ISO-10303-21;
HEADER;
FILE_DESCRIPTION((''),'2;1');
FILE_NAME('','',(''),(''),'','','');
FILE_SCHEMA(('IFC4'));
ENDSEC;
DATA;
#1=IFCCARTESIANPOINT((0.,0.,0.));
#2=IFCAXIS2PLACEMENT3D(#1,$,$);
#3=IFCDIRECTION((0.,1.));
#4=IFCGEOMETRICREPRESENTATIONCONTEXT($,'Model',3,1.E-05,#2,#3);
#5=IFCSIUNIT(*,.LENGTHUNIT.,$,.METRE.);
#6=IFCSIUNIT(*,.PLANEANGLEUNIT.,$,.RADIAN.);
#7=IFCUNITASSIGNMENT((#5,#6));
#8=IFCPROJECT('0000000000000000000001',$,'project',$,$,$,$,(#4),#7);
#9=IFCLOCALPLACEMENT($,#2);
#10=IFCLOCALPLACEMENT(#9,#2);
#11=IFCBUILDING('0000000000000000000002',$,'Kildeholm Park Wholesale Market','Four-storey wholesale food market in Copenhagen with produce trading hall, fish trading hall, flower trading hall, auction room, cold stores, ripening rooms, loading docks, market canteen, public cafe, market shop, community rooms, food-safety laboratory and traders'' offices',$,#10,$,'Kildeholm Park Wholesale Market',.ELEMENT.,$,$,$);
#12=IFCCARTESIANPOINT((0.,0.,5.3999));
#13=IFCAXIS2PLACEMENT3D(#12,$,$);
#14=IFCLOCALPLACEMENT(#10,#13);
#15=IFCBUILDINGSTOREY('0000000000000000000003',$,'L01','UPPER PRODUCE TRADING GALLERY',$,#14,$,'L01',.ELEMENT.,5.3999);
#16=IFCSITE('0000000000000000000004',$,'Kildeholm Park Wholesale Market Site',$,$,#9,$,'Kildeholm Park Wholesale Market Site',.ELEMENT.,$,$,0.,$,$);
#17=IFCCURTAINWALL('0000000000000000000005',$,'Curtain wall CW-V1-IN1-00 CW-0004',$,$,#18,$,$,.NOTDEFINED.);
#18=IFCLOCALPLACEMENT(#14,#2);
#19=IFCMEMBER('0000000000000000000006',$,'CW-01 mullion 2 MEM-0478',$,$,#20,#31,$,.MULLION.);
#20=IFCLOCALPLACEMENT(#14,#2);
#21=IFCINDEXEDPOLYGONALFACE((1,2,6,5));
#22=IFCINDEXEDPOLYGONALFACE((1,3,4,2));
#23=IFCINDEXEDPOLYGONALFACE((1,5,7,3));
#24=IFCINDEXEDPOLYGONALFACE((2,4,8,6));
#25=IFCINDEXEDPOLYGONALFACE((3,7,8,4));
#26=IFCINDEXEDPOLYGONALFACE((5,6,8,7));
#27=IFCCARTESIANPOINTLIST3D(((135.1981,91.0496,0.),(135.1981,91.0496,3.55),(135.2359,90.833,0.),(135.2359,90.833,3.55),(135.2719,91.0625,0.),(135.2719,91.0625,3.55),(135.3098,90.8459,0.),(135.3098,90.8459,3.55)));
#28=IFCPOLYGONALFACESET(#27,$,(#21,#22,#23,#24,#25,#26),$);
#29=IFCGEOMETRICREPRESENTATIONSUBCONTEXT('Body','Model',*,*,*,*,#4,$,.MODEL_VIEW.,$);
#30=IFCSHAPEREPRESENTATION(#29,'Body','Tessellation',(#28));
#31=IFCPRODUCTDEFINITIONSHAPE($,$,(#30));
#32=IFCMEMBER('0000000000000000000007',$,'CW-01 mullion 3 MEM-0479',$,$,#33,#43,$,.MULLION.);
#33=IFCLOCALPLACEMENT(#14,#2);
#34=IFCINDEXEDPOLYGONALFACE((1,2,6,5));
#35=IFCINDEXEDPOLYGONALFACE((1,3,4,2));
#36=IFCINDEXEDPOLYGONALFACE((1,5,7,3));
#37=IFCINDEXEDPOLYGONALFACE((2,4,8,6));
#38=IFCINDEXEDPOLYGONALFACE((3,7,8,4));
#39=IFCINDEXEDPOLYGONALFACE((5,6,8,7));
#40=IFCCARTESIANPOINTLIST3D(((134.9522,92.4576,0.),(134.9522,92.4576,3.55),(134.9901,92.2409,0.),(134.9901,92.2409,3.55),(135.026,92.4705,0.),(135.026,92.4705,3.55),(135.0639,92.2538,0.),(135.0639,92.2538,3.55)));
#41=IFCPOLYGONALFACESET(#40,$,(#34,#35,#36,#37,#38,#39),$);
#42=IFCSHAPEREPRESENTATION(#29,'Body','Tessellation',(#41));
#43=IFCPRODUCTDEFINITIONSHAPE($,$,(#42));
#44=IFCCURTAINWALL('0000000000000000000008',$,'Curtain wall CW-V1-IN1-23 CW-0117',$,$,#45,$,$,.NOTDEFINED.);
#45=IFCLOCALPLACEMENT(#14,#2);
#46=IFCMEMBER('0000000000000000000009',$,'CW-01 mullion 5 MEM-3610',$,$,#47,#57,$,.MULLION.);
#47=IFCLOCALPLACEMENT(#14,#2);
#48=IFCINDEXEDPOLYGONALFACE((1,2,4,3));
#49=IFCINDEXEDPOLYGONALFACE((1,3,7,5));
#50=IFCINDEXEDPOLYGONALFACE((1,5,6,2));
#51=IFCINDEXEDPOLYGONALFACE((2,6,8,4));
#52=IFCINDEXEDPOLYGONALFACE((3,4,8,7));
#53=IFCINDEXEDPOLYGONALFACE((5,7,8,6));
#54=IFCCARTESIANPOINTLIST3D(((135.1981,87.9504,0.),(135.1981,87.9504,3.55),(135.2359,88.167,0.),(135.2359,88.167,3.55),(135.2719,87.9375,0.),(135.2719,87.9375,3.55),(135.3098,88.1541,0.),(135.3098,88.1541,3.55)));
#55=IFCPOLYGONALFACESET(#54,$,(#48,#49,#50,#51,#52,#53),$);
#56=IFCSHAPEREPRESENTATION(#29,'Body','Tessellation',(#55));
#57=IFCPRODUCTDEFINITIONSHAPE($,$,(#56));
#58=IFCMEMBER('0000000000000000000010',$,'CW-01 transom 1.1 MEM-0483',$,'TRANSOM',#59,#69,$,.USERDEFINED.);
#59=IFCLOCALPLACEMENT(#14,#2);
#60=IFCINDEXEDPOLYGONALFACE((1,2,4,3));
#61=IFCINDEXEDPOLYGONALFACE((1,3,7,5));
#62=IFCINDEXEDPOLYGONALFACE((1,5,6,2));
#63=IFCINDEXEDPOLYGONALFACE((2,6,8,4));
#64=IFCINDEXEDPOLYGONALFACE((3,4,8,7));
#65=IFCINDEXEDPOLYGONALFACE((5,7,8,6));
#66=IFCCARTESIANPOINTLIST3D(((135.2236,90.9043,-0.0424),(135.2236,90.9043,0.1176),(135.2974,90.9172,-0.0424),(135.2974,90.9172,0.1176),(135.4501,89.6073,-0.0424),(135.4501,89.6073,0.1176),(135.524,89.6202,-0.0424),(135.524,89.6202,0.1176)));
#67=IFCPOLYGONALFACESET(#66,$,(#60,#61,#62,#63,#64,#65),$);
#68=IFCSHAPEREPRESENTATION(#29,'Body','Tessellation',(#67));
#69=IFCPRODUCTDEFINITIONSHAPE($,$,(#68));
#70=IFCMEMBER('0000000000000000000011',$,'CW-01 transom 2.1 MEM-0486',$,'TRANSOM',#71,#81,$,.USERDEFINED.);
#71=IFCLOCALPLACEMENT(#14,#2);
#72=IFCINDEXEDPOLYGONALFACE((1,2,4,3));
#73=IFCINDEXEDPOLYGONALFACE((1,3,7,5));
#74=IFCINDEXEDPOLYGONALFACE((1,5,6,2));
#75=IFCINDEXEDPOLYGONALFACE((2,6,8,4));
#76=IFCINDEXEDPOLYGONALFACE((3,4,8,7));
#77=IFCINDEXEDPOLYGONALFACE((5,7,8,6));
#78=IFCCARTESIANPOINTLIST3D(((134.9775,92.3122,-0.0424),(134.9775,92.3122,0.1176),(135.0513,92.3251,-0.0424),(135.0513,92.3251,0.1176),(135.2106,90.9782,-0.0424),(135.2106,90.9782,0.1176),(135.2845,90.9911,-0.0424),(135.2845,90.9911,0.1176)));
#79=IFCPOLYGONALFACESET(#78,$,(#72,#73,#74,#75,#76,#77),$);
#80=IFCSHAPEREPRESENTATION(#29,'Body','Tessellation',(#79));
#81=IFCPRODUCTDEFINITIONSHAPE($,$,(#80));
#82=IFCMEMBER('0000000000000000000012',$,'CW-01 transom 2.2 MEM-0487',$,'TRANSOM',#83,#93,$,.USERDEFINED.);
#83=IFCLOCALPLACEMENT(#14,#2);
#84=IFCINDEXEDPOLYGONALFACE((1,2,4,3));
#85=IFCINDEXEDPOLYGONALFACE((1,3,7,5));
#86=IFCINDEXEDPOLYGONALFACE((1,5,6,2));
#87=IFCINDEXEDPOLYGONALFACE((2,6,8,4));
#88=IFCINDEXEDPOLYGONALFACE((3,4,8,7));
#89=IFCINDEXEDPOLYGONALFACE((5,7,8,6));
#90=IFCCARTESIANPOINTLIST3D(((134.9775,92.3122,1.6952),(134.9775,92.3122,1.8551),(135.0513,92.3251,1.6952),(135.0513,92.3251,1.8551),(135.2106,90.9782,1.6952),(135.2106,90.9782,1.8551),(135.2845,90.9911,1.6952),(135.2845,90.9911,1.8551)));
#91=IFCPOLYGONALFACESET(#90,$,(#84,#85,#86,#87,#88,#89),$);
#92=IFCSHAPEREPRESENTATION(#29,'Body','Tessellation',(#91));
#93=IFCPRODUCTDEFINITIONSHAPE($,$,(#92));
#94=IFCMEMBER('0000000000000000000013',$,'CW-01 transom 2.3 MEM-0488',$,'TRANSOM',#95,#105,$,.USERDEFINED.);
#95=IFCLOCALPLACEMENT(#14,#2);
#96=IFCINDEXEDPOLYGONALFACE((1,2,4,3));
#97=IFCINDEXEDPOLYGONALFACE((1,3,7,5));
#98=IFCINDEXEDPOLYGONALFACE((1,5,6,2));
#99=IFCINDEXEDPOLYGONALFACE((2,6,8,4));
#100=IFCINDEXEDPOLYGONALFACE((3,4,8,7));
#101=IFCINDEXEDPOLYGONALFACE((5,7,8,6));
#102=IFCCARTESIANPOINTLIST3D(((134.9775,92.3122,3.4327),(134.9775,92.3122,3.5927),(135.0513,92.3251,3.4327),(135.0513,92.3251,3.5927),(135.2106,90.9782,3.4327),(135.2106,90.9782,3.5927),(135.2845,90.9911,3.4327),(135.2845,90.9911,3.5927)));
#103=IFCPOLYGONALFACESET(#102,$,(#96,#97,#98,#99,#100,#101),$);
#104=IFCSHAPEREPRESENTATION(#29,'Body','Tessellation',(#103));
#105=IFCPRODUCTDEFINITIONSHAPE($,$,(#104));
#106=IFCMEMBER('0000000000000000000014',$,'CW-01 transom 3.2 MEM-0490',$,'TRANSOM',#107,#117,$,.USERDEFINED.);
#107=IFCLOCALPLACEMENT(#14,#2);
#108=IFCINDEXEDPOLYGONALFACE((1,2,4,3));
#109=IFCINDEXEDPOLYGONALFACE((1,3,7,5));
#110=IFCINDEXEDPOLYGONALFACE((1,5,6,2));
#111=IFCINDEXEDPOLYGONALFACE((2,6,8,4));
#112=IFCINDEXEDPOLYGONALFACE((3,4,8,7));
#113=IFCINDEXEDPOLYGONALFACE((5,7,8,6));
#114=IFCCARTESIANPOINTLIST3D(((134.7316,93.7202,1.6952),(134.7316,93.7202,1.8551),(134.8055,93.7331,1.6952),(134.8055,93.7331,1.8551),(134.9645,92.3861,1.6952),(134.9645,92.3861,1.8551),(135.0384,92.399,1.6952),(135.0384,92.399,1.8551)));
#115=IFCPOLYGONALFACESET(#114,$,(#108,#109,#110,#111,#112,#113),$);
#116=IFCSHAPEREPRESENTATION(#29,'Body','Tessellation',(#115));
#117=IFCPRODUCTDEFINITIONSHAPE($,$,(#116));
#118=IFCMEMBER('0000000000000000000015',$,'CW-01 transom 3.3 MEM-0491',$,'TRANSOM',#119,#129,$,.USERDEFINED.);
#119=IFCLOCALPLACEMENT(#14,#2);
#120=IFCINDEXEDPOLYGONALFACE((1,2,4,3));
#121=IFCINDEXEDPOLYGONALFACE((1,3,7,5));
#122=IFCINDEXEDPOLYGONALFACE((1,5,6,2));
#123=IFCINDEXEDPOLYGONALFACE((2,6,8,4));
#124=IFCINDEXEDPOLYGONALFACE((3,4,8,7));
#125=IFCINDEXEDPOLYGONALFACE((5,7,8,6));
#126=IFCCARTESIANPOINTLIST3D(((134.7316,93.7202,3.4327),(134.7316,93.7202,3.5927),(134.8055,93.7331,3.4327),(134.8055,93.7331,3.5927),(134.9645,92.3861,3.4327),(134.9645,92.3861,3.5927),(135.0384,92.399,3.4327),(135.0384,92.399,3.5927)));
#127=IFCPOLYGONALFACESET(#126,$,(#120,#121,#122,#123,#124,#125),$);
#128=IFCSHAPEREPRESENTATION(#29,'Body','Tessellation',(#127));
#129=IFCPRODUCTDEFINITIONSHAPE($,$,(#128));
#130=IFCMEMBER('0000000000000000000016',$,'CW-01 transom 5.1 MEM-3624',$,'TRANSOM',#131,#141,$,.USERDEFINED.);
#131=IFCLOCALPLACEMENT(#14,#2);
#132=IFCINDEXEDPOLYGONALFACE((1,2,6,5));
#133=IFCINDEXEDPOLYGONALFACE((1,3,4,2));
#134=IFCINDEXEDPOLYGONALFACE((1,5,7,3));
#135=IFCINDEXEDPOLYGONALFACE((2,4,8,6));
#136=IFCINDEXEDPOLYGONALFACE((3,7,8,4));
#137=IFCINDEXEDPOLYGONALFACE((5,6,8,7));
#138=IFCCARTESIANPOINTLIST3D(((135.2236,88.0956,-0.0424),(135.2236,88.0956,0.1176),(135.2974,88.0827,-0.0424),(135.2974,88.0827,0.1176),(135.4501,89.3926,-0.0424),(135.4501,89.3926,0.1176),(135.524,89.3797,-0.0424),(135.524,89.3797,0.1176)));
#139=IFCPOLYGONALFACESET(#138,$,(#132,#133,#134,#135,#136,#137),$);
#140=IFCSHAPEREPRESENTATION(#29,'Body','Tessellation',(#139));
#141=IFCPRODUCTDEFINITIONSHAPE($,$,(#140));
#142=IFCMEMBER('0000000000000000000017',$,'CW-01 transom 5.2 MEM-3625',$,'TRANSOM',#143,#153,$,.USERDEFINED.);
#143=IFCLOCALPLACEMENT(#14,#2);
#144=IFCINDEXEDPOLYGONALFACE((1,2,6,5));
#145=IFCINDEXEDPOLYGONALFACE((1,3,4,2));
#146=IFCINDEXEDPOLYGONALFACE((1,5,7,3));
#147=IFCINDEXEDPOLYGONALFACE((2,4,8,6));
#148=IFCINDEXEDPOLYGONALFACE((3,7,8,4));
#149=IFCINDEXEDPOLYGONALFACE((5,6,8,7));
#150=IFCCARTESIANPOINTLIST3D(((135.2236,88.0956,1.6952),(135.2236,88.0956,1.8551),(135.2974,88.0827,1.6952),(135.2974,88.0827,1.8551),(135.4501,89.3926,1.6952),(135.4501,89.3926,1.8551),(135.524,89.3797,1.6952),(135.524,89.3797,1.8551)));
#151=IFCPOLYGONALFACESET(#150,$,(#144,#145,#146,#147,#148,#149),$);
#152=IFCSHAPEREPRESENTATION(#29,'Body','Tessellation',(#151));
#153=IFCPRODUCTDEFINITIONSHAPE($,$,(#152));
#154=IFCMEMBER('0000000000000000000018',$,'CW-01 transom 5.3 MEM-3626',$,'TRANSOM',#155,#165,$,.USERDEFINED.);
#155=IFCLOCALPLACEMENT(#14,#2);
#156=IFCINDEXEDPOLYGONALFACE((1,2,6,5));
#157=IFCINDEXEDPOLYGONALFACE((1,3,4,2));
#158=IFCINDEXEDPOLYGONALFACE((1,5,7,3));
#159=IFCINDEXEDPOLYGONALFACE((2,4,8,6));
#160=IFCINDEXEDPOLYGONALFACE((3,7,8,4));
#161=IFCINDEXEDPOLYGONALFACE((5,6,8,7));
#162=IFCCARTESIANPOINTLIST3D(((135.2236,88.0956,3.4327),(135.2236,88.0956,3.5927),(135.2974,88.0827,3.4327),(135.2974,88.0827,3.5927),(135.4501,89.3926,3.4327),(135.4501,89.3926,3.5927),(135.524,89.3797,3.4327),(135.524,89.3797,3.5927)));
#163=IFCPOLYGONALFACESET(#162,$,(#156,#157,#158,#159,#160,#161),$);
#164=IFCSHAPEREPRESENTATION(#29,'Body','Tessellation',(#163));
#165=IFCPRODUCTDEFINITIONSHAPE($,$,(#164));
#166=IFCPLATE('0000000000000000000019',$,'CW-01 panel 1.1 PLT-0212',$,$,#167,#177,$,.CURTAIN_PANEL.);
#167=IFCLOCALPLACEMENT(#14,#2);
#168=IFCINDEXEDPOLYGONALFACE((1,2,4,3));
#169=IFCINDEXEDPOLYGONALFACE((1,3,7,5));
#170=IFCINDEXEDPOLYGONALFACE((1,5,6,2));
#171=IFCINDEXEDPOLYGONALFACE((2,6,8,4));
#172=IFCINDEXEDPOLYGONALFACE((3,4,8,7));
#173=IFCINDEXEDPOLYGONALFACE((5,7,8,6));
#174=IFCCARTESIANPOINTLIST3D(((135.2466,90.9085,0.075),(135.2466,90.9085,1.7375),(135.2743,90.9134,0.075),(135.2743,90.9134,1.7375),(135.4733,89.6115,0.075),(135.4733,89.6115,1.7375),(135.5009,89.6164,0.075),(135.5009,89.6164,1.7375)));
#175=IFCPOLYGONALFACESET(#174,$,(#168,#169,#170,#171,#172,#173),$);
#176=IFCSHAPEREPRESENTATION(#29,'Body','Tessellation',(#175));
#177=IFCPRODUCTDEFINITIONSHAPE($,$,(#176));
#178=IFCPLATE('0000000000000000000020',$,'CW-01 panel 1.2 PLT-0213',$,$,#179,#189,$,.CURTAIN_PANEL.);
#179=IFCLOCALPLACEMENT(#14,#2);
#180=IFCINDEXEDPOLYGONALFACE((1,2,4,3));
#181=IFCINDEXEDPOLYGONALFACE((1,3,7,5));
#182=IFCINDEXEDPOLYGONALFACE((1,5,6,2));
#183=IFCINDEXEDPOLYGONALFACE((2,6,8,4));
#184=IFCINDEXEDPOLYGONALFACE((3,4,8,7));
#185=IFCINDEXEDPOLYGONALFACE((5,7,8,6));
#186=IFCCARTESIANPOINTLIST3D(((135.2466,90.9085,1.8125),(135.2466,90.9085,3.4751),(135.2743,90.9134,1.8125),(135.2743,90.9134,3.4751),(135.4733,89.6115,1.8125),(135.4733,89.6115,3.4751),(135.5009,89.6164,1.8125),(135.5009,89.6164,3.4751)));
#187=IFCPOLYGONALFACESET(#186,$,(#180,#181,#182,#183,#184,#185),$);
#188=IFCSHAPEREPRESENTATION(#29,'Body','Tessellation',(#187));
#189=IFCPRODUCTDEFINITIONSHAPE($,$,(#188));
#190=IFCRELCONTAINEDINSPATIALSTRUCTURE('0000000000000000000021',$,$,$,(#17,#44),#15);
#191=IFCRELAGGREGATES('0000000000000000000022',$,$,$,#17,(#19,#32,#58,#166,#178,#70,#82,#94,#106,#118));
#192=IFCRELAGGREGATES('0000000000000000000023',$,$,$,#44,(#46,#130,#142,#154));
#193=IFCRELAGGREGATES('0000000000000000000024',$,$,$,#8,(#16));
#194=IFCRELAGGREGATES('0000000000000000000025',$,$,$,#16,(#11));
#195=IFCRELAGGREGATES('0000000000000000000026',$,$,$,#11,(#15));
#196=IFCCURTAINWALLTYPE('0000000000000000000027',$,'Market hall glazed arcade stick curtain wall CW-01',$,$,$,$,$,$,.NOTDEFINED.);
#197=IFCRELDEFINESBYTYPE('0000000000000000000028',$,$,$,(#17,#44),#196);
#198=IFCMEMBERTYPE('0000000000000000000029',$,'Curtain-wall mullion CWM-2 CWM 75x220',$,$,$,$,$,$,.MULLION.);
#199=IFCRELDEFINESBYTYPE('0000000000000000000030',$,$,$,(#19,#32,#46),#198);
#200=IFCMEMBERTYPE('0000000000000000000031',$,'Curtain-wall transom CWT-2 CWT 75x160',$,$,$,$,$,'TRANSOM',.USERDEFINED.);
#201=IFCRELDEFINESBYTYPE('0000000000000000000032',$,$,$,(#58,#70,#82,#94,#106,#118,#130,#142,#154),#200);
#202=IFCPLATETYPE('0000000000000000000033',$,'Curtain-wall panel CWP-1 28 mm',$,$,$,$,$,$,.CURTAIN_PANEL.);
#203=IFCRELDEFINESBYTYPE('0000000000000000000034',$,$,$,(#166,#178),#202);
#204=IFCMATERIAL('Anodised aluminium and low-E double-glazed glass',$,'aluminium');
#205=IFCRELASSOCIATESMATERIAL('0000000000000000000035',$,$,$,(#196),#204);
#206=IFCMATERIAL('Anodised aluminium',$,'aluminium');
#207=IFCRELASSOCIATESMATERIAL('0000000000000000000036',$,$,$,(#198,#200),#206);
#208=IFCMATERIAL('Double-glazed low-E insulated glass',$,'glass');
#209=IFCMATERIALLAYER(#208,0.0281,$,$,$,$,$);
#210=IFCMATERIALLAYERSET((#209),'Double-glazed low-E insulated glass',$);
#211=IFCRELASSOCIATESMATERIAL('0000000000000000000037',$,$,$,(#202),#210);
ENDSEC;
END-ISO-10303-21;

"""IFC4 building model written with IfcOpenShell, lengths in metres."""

from ifc_helpers import new_model, si_unit, direction, frame, origin, origin_2d, place, context, subcontext, project, spatial, rectangle, extrude, material, layer, layer_set, material_profile, profile_set, type_object, element, aggregate, save


model = new_model("IFC4")

# Units and contexts
model_context = context("Model", 3, precision=1e-05, world=origin(), true_north=direction((0.0, 1.0)))
body_context = subcontext(model_context, "Body", "Model", "MODEL_VIEW")
ifc_project = project(units=[si_unit("LENGTHUNIT", "METRE"), si_unit("PLANEANGLEUNIT", "RADIAN")], contexts=[model_context])

# Site, building, storey
site_placement = place(None, origin())
site = spatial("IfcSite", under=ifc_project, at=site_placement, Name="Kildeholm Park Wholesale Market Site", LongName="Kildeholm Park Wholesale Market Site", CompositionType="ELEMENT", RefElevation=0.0)
building_placement = place(site_placement, origin())
building = spatial("IfcBuilding", under=site, at=building_placement, Name="Kildeholm Park Wholesale Market", Description="Four-storey wholesale food market in Copenhagen with produce trading hall, fish trading hall, flower trading hall, auction room, cold stores, ripening rooms, loading docks, market canteen, public cafe, market shop, community rooms, food-safety laboratory and traders' offices", LongName="Kildeholm Park Wholesale Market", CompositionType="ELEMENT")
storey_placement = place(building_placement, frame((0.0, 0.0, 5.3999)))
storey = spatial("IfcBuildingStorey", under=building, at=storey_placement, Name="L01", Description="UPPER PRODUCE TRADING GALLERY", LongName="L01", CompositionType="ELEMENT", Elevation=5.3999)

# Curtain wall, members
ifc_material_1 = material(Name="Anodised aluminium and low-E double-glazed glass", Category="aluminium")
curtain_wall_type = type_object("IfcCurtainWallType", Name="Market hall glazed arcade stick curtain wall CW-01", PredefinedType="NOTDEFINED", material=ifc_material_1)
curtain_wall_1_placement = place(storey_placement, origin())
curtain_wall_1 = element("IfcCurtainWall", 1, at=curtain_wall_1_placement, inside=storey, type_object=curtain_wall_type, Name="Curtain wall CW-V1-IN1-00 CW-0004", PredefinedType="NOTDEFINED")
ifc_material_2 = material(Name="Anodised aluminium", Category="aluminium")
ifc_material_profile_1 = material_profile(ifc_material_2, rectangle(XDim=0.075, YDim=0.22, at=origin_2d()), Name="CWM 75x220")
ifc_profile_set_1 = profile_set([ifc_material_profile_1], Name="Anodised aluminium")
member_type_1 = type_object("IfcMemberType", Name="Curtain-wall mullion CWM-2 CWM 75x220", PredefinedType="MULLION", material=ifc_profile_set_1)
member_1_placement = place(storey_placement, frame((135.2539, 90.9478, 0.0), z_axis=(0.0, 0.0, 1.0), x_axis=(-0.985074, -0.172133, 0.0)))
member_1 = element("IfcMember", 2, at=member_1_placement, type_object=member_type_1, Name="CW-01 mullion 2 MEM-0478", PredefinedType="MULLION", context=body_context, shape_type="SweptSolid", body=[
    extrude(rectangle(XDim=0.075, YDim=0.22, at=origin_2d()), origin(), (0.0, 0.0, 1.0), 3.55),
])
member_2_placement = place(storey_placement, frame((135.0081, 92.3557, 0.0), z_axis=(0.0, 0.0, 1.0), x_axis=(-0.985074, -0.172133, 0.0)))
member_2 = element("IfcMember", 3, at=member_2_placement, type_object=member_type_1, Name="CW-01 mullion 3 MEM-0479", PredefinedType="MULLION", context=body_context, shape_type="SweptSolid", body=[
    extrude(rectangle(XDim=0.075, YDim=0.22, at=origin_2d()), origin(), (0.0, 0.0, 1.0), 3.55),
])

# Curtain wall, member
curtain_wall_2_placement = place(storey_placement, origin())
curtain_wall_2 = element("IfcCurtainWall", 4, at=curtain_wall_2_placement, inside=storey, type_object=curtain_wall_type, Name="Curtain wall CW-V1-IN1-23 CW-0117", PredefinedType="NOTDEFINED")
member_3_placement = place(storey_placement, frame((135.2539, 88.0522, 0.0), z_axis=(0.0, 0.0, 1.0), x_axis=(-0.985074, 0.172133, 0.0)))
member_3 = element("IfcMember", 5, at=member_3_placement, type_object=member_type_1, Name="CW-01 mullion 5 MEM-3610", PredefinedType="MULLION", context=body_context, shape_type="SweptSolid", body=[
    extrude(rectangle(XDim=0.075, YDim=0.22, at=origin_2d()), origin(), (0.0, 0.0, 1.0), 3.55),
])

# Members
ifc_material_profile_2 = material_profile(ifc_material_2, rectangle(XDim=0.075, YDim=0.1599, at=origin_2d()), Name="CWT 75x160")
ifc_profile_set_2 = profile_set([ifc_material_profile_2], Name="Anodised aluminium")
member_type_2 = type_object("IfcMemberType", Name="Curtain-wall transom CWT-2 CWT 75x160", ElementType="TRANSOM", PredefinedType="USERDEFINED", material=ifc_profile_set_2)
member_4_placement = place(storey_placement, frame((135.4871, 89.6138, 0.0376), z_axis=(-0.172061, 0.985086, 0.0), x_axis=(-0.985086, -0.172061, 0.0)))
member_4 = element("IfcMember", 6, at=member_4_placement, type_object=member_type_2, Name="CW-01 transom 1.1 MEM-0483", ObjectType="TRANSOM", PredefinedType="USERDEFINED", context=body_context, shape_type="SweptSolid", body=[
    extrude(rectangle(XDim=0.075, YDim=0.1599, at=origin_2d()), origin(), (0.0, 0.0, 1.0), 1.3167),
])
member_5_placement = place(storey_placement, frame((135.2476, 90.9846, 0.0376), z_axis=(-0.17217, 0.985067, 0.0), x_axis=(-0.985067, -0.17217, 0.0)))
member_5 = element("IfcMember", 7, at=member_5_placement, type_object=member_type_2, Name="CW-01 transom 2.1 MEM-0486", ObjectType="TRANSOM", PredefinedType="USERDEFINED", context=body_context, shape_type="SweptSolid", body=[
    extrude(rectangle(XDim=0.075, YDim=0.1599, at=origin_2d()), origin(), (0.0, 0.0, 1.0), 1.3542),
])
member_6_placement = place(storey_placement, frame((135.2476, 90.9846, 1.7751), z_axis=(-0.17217, 0.985067, 0.0), x_axis=(-0.985067, -0.17217, 0.0)))
member_6 = element("IfcMember", 8, at=member_6_placement, type_object=member_type_2, Name="CW-01 transom 2.2 MEM-0487", ObjectType="TRANSOM", PredefinedType="USERDEFINED", context=body_context, shape_type="SweptSolid", body=[
    extrude(rectangle(XDim=0.075, YDim=0.1599, at=origin_2d()), origin(), (0.0, 0.0, 1.0), 1.3542),
])
member_7_placement = place(storey_placement, frame((135.2476, 90.9846, 3.5127), z_axis=(-0.17217, 0.985067, 0.0), x_axis=(-0.985067, -0.17217, 0.0)))
member_7 = element("IfcMember", 9, at=member_7_placement, type_object=member_type_2, Name="CW-01 transom 2.3 MEM-0488", ObjectType="TRANSOM", PredefinedType="USERDEFINED", context=body_context, shape_type="SweptSolid", body=[
    extrude(rectangle(XDim=0.075, YDim=0.1599, at=origin_2d()), origin(), (0.0, 0.0, 1.0), 1.3542),
])
member_8_placement = place(storey_placement, frame((135.0015, 92.3926, 1.7751), z_axis=(-0.171995, 0.985098, 0.0), x_axis=(-0.985098, -0.171995, 0.0)))
member_8 = element("IfcMember", 10, at=member_8_placement, type_object=member_type_2, Name="CW-01 transom 3.2 MEM-0490", ObjectType="TRANSOM", PredefinedType="USERDEFINED", context=body_context, shape_type="SweptSolid", body=[
    extrude(rectangle(XDim=0.075, YDim=0.1599, at=origin_2d()), origin(), (0.0, 0.0, 1.0), 1.3542),
])
member_9_placement = place(storey_placement, frame((135.0015, 92.3926, 3.5127), z_axis=(-0.171995, 0.985098, 0.0), x_axis=(-0.985098, -0.171995, 0.0)))
member_9 = element("IfcMember", 11, at=member_9_placement, type_object=member_type_2, Name="CW-01 transom 3.3 MEM-0491", ObjectType="TRANSOM", PredefinedType="USERDEFINED", context=body_context, shape_type="SweptSolid", body=[
    extrude(rectangle(XDim=0.075, YDim=0.1599, at=origin_2d()), origin(), (0.0, 0.0, 1.0), 1.3542),
])
member_10_placement = place(storey_placement, frame((135.2605, 88.0891, 0.0376), z_axis=(0.172061, 0.985086, 0.0), x_axis=(-0.985086, 0.172061, 0.0)))
member_10 = element("IfcMember", 12, at=member_10_placement, type_object=member_type_2, Name="CW-01 transom 5.1 MEM-3624", ObjectType="TRANSOM", PredefinedType="USERDEFINED", context=body_context, shape_type="SweptSolid", body=[
    extrude(rectangle(XDim=0.075, YDim=0.1599, at=origin_2d()), origin(), (0.0, 0.0, 1.0), 1.3167),
])
member_11_placement = place(storey_placement, frame((135.2605, 88.0891, 1.7751), z_axis=(0.172061, 0.985086, 0.0), x_axis=(-0.985086, 0.172061, 0.0)))
member_11 = element("IfcMember", 13, at=member_11_placement, type_object=member_type_2, Name="CW-01 transom 5.2 MEM-3625", ObjectType="TRANSOM", PredefinedType="USERDEFINED", context=body_context, shape_type="SweptSolid", body=[
    extrude(rectangle(XDim=0.075, YDim=0.1599, at=origin_2d()), origin(), (0.0, 0.0, 1.0), 1.3167),
])
member_12_placement = place(storey_placement, frame((135.2605, 88.0891, 3.5127), z_axis=(0.172061, 0.985086, 0.0), x_axis=(-0.985086, 0.172061, 0.0)))
member_12 = element("IfcMember", 14, at=member_12_placement, type_object=member_type_2, Name="CW-01 transom 5.3 MEM-3626", ObjectType="TRANSOM", PredefinedType="USERDEFINED", context=body_context, shape_type="SweptSolid", body=[
    extrude(rectangle(XDim=0.075, YDim=0.1599, at=origin_2d()), origin(), (0.0, 0.0, 1.0), 1.3167),
])

# Plates
ifc_material_3 = material(Name="Double-glazed low-E insulated glass", Category="glass")
ifc_layer = layer(ifc_material_3, 0.0281)
ifc_layer_set = layer_set([ifc_layer], Name="Double-glazed low-E insulated glass")
plate_type = type_object("IfcPlateType", Name="Curtain-wall panel CWP-1 28 mm", PredefinedType="CURTAIN_PANEL", material=ifc_layer_set)
plate_1_placement = place(storey_placement, frame((135.3738, 90.2625, 0.075), z_axis=(0.0, 0.0, 1.0), x_axis=(-0.172133, 0.985074, 0.0)))
plate_1 = element("IfcPlate", 15, at=plate_1_placement, type_object=plate_type, Name="CW-01 panel 1.1 PLT-0212", PredefinedType="CURTAIN_PANEL", context=body_context, shape_type="SweptSolid", body=[
    extrude(rectangle(XDim=1.3167, YDim=0.0281, at=origin_2d()), origin(), (0.0, 0.0, 1.0), 1.6626),
])
plate_2_placement = place(storey_placement, frame((135.3738, 90.2625, 1.8125), z_axis=(0.0, 0.0, 1.0), x_axis=(-0.172133, 0.985074, 0.0)))
plate_2 = element("IfcPlate", 16, at=plate_2_placement, type_object=plate_type, Name="CW-01 panel 1.2 PLT-0213", PredefinedType="CURTAIN_PANEL", context=body_context, shape_type="SweptSolid", body=[
    extrude(rectangle(XDim=1.3167, YDim=0.0281, at=origin_2d()), origin(), (0.0, 0.0, 1.0), 1.6626),
])
aggregate(curtain_wall_1, [member_1, member_2, member_4, plate_1, plate_2, member_5, member_6, member_7, member_8, member_9])
aggregate(curtain_wall_2, [member_3, member_10, member_11, member_12])

save(model, "model.ifc")
